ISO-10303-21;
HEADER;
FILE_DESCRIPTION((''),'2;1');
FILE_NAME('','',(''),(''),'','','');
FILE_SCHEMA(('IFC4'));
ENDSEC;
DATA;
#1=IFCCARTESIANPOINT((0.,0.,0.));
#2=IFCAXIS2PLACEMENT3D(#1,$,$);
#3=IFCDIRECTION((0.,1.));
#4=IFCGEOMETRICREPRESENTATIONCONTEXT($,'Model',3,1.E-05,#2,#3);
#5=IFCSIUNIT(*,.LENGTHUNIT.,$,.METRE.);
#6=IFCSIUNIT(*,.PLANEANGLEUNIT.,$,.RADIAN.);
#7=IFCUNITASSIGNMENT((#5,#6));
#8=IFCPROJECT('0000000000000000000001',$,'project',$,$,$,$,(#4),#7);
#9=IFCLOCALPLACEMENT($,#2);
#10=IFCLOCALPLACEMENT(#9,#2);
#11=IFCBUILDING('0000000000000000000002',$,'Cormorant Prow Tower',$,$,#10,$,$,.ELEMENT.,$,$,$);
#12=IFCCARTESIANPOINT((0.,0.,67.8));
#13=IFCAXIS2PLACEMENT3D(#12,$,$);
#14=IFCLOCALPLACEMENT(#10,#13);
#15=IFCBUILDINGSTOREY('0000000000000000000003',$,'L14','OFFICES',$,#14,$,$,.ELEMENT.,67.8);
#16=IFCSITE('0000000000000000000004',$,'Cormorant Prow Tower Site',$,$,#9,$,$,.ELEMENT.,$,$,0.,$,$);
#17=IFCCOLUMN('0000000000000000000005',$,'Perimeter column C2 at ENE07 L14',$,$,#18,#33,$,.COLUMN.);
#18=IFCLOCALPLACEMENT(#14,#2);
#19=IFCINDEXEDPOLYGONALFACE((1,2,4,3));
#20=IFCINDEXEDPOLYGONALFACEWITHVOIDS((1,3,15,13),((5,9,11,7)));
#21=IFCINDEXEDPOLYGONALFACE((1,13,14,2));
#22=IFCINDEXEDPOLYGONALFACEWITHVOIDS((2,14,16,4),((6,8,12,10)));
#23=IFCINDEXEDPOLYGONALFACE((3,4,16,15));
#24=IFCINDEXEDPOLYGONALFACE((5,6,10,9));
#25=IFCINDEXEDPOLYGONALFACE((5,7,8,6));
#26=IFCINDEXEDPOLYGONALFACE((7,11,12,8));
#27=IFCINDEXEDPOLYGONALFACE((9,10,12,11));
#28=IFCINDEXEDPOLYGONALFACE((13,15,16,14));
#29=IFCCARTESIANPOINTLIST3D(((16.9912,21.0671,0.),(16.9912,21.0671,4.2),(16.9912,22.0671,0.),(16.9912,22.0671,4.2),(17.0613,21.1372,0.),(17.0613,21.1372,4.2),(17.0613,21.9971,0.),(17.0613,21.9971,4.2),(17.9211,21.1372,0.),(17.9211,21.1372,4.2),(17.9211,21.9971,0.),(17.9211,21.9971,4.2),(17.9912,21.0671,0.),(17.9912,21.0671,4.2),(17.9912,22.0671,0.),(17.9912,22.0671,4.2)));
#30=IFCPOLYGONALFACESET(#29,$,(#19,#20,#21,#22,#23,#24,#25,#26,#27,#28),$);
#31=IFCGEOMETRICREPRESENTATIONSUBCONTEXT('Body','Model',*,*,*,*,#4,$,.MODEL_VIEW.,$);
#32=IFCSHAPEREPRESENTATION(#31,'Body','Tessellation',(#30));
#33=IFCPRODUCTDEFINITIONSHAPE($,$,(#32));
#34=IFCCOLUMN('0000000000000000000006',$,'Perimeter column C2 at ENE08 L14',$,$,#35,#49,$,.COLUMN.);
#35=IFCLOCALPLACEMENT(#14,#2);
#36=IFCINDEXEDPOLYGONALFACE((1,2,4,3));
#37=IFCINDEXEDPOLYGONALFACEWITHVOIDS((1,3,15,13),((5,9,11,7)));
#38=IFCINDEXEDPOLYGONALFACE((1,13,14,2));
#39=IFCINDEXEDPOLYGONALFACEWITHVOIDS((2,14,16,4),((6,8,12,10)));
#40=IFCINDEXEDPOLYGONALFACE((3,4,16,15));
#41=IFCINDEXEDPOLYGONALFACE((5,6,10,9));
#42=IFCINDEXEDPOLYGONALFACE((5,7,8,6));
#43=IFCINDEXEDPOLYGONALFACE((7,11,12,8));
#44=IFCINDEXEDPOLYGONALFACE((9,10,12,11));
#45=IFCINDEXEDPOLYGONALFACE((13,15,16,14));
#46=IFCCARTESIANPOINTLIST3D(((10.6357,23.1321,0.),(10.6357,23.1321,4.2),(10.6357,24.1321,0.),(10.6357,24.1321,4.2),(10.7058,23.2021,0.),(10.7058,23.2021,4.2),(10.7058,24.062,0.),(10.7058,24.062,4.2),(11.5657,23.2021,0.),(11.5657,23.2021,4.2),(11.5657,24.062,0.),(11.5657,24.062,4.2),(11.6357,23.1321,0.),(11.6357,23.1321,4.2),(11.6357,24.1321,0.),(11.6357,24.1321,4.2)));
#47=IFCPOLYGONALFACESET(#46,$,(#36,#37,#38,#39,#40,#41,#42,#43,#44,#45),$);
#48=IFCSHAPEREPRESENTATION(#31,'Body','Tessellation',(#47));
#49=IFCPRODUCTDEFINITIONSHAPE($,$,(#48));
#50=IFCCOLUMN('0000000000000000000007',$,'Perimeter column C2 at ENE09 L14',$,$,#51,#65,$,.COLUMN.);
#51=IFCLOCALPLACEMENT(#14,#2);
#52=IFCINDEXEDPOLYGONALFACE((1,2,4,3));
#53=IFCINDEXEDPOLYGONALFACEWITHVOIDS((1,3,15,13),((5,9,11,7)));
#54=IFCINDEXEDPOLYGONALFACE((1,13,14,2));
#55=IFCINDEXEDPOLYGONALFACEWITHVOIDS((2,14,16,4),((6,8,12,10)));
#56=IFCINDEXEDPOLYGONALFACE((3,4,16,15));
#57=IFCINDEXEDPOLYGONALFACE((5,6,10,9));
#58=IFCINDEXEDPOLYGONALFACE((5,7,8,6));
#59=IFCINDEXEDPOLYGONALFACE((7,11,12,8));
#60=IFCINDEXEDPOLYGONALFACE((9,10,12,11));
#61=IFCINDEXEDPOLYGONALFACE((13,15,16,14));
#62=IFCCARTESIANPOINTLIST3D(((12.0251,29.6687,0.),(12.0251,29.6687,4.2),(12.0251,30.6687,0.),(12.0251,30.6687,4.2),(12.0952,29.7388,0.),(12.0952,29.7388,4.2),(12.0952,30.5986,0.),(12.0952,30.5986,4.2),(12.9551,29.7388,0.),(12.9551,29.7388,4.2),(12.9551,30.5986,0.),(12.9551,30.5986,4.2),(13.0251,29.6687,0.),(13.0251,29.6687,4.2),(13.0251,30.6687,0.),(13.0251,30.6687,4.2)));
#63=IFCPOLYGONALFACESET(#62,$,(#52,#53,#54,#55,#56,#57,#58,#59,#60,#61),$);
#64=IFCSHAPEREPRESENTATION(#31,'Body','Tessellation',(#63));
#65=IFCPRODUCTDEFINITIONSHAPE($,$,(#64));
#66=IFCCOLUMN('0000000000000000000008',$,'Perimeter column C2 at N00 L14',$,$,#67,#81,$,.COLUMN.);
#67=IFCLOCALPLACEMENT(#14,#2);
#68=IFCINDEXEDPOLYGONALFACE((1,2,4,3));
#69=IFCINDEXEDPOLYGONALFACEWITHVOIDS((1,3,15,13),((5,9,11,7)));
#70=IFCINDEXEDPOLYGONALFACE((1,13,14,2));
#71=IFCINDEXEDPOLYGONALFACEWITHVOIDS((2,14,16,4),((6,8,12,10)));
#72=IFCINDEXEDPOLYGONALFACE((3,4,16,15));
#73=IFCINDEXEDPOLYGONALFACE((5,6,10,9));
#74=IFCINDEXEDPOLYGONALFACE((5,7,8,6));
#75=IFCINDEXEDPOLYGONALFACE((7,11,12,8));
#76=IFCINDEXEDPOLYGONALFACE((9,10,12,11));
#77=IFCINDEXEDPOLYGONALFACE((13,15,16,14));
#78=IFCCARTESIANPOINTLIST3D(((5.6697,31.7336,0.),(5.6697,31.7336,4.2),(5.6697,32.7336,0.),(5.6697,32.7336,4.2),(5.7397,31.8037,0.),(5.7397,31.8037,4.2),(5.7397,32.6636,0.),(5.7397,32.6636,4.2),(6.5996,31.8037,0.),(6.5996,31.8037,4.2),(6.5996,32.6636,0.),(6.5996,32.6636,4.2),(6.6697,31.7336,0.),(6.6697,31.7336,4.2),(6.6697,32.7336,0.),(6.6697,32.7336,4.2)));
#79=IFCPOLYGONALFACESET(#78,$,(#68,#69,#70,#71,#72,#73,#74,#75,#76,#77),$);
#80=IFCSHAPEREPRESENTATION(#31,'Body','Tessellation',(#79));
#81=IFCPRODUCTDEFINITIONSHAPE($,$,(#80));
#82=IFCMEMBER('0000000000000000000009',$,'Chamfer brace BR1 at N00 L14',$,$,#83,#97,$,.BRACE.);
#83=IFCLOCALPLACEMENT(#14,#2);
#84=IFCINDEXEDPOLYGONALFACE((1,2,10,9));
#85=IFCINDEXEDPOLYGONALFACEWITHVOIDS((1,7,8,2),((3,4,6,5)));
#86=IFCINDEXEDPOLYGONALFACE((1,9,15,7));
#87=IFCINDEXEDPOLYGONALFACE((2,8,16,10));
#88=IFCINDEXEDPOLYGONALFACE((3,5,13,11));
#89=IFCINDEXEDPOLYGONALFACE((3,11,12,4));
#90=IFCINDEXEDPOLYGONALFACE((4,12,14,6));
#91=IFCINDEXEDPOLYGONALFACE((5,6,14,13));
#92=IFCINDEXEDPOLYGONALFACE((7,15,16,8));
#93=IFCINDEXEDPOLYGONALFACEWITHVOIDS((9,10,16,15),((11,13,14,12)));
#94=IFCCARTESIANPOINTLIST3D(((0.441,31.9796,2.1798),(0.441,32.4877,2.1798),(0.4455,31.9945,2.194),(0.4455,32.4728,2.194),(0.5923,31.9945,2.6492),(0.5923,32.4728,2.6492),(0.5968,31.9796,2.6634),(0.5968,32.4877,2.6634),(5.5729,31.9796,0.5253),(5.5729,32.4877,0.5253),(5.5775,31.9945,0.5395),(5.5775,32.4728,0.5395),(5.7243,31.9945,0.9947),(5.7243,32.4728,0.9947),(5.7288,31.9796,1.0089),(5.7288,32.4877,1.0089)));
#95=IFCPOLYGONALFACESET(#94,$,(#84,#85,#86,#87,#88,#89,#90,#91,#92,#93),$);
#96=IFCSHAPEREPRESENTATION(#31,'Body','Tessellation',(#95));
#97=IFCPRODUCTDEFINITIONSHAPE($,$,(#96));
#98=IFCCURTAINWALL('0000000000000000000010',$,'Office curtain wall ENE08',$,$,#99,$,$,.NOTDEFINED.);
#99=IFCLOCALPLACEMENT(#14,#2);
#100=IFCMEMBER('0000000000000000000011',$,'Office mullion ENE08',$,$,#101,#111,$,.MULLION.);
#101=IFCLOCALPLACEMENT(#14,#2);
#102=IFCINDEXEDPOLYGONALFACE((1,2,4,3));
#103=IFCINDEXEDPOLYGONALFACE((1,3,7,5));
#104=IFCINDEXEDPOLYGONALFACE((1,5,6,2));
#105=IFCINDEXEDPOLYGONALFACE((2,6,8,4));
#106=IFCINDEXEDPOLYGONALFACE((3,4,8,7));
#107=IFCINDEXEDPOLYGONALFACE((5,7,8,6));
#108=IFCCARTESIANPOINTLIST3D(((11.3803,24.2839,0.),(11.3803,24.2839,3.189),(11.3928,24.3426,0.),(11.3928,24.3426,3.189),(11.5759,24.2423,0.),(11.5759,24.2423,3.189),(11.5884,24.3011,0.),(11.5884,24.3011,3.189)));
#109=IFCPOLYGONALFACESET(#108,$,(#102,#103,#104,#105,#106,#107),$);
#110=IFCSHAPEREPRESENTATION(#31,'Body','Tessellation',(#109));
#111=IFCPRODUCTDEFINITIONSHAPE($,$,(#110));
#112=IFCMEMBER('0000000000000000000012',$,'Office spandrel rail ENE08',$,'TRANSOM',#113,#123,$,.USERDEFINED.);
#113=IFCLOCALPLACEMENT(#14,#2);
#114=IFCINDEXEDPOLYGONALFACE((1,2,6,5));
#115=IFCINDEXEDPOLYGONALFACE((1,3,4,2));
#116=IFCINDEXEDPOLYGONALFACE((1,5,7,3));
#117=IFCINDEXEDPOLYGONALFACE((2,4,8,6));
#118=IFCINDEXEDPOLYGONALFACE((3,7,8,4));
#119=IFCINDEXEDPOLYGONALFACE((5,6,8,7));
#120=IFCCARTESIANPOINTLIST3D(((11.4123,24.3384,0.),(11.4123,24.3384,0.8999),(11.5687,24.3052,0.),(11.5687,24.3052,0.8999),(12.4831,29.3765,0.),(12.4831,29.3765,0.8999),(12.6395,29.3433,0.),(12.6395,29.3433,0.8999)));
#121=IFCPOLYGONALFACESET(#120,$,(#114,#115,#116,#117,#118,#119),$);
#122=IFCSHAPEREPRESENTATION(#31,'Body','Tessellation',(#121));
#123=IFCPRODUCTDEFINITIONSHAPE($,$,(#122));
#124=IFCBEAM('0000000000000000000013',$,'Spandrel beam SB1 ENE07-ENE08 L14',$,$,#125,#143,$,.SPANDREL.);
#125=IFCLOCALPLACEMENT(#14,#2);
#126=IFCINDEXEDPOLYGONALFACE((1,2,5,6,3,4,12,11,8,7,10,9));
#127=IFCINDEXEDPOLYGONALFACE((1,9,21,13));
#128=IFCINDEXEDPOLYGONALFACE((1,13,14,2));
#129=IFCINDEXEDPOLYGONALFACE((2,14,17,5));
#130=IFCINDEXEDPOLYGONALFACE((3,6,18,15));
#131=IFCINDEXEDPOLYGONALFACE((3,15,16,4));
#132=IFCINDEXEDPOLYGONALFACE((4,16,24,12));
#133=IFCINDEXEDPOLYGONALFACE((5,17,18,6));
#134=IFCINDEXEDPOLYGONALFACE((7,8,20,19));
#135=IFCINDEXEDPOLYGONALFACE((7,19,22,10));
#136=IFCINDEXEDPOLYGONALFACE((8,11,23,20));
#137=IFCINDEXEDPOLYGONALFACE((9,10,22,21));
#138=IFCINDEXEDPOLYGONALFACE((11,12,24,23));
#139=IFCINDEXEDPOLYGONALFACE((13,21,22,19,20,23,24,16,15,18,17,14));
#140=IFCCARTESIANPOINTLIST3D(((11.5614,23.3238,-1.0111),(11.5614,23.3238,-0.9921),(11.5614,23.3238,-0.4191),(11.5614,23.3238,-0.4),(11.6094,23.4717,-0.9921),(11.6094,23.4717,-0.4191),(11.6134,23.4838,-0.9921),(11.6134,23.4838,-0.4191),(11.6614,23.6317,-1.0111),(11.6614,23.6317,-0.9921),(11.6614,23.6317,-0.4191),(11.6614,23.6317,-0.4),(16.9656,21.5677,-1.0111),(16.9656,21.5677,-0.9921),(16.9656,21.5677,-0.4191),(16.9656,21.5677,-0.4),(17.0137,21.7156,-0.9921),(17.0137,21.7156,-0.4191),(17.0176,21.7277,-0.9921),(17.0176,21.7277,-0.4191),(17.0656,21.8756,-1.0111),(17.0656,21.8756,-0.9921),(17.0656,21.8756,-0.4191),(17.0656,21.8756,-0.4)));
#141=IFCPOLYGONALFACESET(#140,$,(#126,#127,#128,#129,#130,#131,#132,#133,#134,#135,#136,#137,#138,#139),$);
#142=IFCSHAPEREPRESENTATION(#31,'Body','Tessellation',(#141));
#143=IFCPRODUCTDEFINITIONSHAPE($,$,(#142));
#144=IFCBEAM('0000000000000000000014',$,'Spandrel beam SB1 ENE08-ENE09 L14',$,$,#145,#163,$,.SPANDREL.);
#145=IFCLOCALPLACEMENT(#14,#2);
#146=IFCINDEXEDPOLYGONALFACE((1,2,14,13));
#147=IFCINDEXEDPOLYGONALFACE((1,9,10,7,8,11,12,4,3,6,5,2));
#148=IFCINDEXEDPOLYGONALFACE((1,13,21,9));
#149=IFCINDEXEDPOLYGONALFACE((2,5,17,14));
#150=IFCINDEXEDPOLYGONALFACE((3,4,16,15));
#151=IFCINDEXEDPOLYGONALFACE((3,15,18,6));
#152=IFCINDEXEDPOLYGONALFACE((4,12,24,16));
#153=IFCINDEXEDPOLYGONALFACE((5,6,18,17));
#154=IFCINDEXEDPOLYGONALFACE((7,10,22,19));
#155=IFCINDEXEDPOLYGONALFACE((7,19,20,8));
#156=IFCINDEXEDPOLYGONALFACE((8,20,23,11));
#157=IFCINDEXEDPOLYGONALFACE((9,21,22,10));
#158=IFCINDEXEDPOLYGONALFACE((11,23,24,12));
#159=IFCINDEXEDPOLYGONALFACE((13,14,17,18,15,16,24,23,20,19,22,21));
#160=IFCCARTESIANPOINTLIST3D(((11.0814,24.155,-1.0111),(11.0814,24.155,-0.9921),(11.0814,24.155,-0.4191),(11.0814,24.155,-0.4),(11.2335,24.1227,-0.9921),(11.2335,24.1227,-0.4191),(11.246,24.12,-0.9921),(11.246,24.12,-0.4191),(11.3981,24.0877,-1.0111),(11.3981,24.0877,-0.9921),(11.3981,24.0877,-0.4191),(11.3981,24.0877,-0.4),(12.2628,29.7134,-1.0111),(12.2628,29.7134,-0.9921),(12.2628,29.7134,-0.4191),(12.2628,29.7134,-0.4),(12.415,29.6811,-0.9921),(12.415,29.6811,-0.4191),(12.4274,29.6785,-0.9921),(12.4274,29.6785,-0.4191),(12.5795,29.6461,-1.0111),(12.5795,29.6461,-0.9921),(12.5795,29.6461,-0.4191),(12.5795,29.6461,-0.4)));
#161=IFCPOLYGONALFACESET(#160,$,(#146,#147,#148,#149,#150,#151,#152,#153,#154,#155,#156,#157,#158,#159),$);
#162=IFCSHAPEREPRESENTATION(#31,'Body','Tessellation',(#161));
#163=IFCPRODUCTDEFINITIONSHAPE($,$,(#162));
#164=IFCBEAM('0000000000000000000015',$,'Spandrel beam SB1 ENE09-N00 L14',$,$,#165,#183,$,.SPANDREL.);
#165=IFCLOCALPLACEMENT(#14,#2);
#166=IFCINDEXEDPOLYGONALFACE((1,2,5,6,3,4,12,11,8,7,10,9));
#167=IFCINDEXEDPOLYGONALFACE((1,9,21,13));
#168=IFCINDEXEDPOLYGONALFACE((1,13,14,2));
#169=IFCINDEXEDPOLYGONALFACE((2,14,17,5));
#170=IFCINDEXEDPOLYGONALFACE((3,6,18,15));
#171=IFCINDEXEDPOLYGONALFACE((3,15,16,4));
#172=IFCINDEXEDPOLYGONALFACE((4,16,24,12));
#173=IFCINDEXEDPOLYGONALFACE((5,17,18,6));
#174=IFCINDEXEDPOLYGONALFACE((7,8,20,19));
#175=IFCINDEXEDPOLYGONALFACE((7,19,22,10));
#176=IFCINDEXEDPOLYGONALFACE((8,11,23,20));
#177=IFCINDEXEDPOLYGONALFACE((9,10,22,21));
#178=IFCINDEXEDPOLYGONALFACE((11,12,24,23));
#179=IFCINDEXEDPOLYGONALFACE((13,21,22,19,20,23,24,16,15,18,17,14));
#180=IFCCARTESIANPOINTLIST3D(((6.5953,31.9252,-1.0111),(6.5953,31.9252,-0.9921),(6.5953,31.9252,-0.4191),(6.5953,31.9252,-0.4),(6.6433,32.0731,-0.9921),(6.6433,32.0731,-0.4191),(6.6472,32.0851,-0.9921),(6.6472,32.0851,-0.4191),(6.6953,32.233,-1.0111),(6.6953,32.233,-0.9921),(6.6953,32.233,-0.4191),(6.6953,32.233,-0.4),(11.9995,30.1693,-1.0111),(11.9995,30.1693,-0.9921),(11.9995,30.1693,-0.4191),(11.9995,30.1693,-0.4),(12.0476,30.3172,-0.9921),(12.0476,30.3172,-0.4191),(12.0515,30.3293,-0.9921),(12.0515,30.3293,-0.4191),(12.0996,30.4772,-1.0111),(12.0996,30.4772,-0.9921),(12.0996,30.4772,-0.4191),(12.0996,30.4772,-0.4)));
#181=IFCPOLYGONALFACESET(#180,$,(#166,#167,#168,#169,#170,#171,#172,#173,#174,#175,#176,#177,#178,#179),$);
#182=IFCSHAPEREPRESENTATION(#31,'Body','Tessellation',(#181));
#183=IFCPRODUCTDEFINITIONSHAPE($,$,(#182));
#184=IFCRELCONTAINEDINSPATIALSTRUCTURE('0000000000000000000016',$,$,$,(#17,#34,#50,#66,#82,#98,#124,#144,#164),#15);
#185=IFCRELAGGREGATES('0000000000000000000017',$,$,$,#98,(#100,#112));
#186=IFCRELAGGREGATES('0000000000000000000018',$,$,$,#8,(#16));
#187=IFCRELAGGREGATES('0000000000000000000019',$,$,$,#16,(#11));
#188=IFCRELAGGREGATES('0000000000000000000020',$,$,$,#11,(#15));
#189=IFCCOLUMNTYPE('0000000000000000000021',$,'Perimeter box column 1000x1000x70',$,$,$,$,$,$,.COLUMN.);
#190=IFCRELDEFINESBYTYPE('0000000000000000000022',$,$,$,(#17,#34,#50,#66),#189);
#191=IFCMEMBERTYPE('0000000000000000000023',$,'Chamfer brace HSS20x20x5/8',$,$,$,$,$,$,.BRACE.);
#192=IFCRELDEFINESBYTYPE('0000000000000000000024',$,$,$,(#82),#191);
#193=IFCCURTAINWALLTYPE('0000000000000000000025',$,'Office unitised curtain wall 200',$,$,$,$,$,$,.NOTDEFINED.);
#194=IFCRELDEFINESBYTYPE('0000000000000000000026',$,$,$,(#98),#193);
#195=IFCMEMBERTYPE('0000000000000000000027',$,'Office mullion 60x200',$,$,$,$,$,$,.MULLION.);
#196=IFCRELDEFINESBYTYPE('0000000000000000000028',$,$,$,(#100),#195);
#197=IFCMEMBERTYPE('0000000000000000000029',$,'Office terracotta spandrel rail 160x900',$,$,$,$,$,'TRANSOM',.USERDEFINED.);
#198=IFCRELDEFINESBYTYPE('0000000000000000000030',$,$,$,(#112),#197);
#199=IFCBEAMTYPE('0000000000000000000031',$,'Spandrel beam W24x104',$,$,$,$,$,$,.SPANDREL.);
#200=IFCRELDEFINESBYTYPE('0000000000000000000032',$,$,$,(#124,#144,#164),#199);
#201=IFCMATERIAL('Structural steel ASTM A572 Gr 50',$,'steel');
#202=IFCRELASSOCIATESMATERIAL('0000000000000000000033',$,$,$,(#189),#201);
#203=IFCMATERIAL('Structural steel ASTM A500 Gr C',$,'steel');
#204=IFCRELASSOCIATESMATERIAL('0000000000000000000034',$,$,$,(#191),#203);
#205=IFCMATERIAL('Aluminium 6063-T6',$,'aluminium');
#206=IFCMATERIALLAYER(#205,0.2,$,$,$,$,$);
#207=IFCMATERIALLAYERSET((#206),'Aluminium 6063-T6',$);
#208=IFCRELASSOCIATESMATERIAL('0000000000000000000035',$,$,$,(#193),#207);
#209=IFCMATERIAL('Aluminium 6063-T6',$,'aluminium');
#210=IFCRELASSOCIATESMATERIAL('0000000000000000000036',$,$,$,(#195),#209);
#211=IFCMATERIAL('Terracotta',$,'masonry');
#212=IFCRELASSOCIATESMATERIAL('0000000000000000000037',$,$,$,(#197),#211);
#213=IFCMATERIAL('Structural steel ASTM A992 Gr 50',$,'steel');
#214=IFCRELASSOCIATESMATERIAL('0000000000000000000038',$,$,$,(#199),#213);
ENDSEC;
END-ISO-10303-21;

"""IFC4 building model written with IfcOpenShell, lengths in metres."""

from ifc_helpers import new_model, si_unit, direction, frame, origin, origin_2d, place, context, subcontext, project, spatial, rectangle, hollow_rectangle, i_section, extrude, material, layer, layer_set, material_profile, profile_set, type_object, element, aggregate, save


model = new_model("IFC4")

# Units and contexts
model_context = context("Model", 3, precision=1e-05, world=origin(), true_north=direction((0.0, 1.0)))
body_context = subcontext(model_context, "Body", "Model", "MODEL_VIEW")
ifc_project = project(units=[si_unit("LENGTHUNIT", "METRE"), si_unit("PLANEANGLEUNIT", "RADIAN")], contexts=[model_context])

# Site, building, storey
site_placement = place(None, origin())
site = spatial("IfcSite", under=ifc_project, at=site_placement, Name="Cormorant Prow Tower Site", CompositionType="ELEMENT", RefElevation=0.0)
building_placement = place(site_placement, origin())
building = spatial("IfcBuilding", under=site, at=building_placement, Name="Cormorant Prow Tower", CompositionType="ELEMENT")
storey_placement = place(building_placement, frame((0.0, 0.0, 67.8)))
storey = spatial("IfcBuildingStorey", under=building, at=storey_placement, Name="L14", Description="OFFICES", CompositionType="ELEMENT", Elevation=67.8)

# Columns
ifc_material_1 = material(Name="Structural steel ASTM A572 Gr 50", Category="steel")
ifc_material_profile_1 = material_profile(ifc_material_1, hollow_rectangle(XDim=1.0, YDim=1.0, WallThickness=0.0701, at=origin_2d()), Name="Box 1000x1000x70")
ifc_profile_set_1 = profile_set([ifc_material_profile_1], Name="Structural steel ASTM A572 Gr 50")
column_type = type_object("IfcColumnType", Name="Perimeter box column 1000x1000x70", PredefinedType="COLUMN", material=ifc_profile_set_1)
for number, where, z_axis, x_axis, name in (
    (1, (17.4912, 21.5671, 0.0), (0.0, 0.0, 1.0), (1.0, 0.0, 0.0), "Perimeter column C2 at ENE07 L14"),
    (2, (11.1357, 23.6321, 0.0), (0.0, 0.0, 1.0), (1.0, 0.0, 0.0), "Perimeter column C2 at ENE08 L14"),
    (3, (12.5251, 30.1687, 0.0), (0.0, 0.0, 1.0), (1.0, 0.0, 0.0), "Perimeter column C2 at ENE09 L14"),
    (4, (6.1697, 32.2336, 0.0), (0.0, 0.0, 1.0), (1.0, 0.0, 0.0), "Perimeter column C2 at N00 L14"),
):
    element("IfcColumn", number, at=place(storey_placement, frame(where, z_axis=z_axis, x_axis=x_axis)), inside=storey, type_object=column_type, Name=name, PredefinedType="COLUMN", context=body_context, shape_type="SweptSolid", body=[
        extrude(hollow_rectangle(XDim=1.0, YDim=1.0, WallThickness=0.0701, at=origin_2d()), origin(), (0.0, 0.0, 1.0), 4.2),
    ])

# Member
ifc_material_2 = material(Name="Structural steel ASTM A500 Gr C", Category="steel")
ifc_material_profile_2 = material_profile(ifc_material_2, hollow_rectangle(XDim=0.5081, YDim=0.5081, WallThickness=0.0149, at=origin_2d()), Name="HSS20x20x5/8")
ifc_profile_set_2 = profile_set([ifc_material_profile_2], Name="Structural steel ASTM A500 Gr C")
member_type_1 = type_object("IfcMemberType", Name="Chamfer brace HSS20x20x5/8", PredefinedType="BRACE", material=ifc_profile_set_2)
member_1_placement = place(storey_placement, frame((5.6509, 32.2336, 0.7671), z_axis=(-0.951761, 0.0, 0.30684), x_axis=(0.0, -1.0, 0.0)))
element("IfcMember", 5, at=member_1_placement, inside=storey, type_object=member_type_1, Name="Chamfer brace BR1 at N00 L14", PredefinedType="BRACE", context=body_context, shape_type="SweptSolid", body=[
    extrude(hollow_rectangle(XDim=0.5081, YDim=0.5081, WallThickness=0.0149, at=origin_2d()), origin(), (0.0, 0.0, 1.0), 5.3921),
])

# Curtain wall, members
ifc_material_3 = material(Name="Aluminium 6063-T6", Category="aluminium")
ifc_layer_1 = layer(ifc_material_3, 0.2)
ifc_layer_set_1 = layer_set([ifc_layer_1], Name="Aluminium 6063-T6")
curtain_wall_type = type_object("IfcCurtainWallType", Name="Office unitised curtain wall 200", PredefinedType="NOTDEFINED", material=ifc_layer_set_1)
curtain_wall_placement = place(storey_placement, origin())
curtain_wall = element("IfcCurtainWall", 6, at=curtain_wall_placement, inside=storey, type_object=curtain_wall_type, Name="Office curtain wall ENE08", PredefinedType="NOTDEFINED")
ifc_material_4 = material(Name="Aluminium 6063-T6", Category="aluminium")
ifc_material_profile_3 = material_profile(ifc_material_4, rectangle(XDim=0.2, YDim=0.0601, at=origin_2d()), Name="Office mullion 60x200")
ifc_profile_set_3 = profile_set([ifc_material_profile_3], Name="Aluminium 6063-T6")
member_type_2 = type_object("IfcMemberType", Name="Office mullion 60x200", PredefinedType="MULLION", material=ifc_profile_set_3)
member_2_placement = place(storey_placement, frame((11.4844, 24.2925, 0.0), z_axis=(0.0, 0.0, 1.0), x_axis=(-0.978148, 0.207912, 0.0)))
member_2 = element("IfcMember", 7, at=member_2_placement, type_object=member_type_2, Name="Office mullion ENE08", PredefinedType="MULLION", context=body_context, shape_type="SweptSolid", body=[
    extrude(rectangle(XDim=0.2, YDim=0.0601, at=origin_2d()), origin(), (0.0, 0.0, 1.0), 3.189),
])
ifc_material_5 = material(Name="Terracotta", Category="masonry")
ifc_material_profile_4 = material_profile(ifc_material_5, rectangle(XDim=0.1599, YDim=0.8999, at=origin_2d()), Name="Office terracotta spandrel rail 160x900")
ifc_profile_set_4 = profile_set([ifc_material_profile_4], Name="Terracotta")
member_type_3 = type_object("IfcMemberType", Name="Office terracotta spandrel rail 160x900", ElementType="TRANSOM", PredefinedType="USERDEFINED", material=ifc_profile_set_4)
member_3_placement = place(storey_placement, frame((11.4905, 24.3218, 0.45), z_axis=(0.207897, 0.978151, 0.0), x_axis=(-0.978151, 0.207897, 0.0)))
member_3 = element("IfcMember", 8, at=member_3_placement, type_object=member_type_3, Name="Office spandrel rail ENE08", ObjectType="TRANSOM", PredefinedType="USERDEFINED", context=body_context, shape_type="SweptSolid", body=[
    extrude(rectangle(XDim=0.1599, YDim=0.8999, at=origin_2d()), origin(), (0.0, 0.0, 1.0), 5.1506),
])

# Beams
ifc_material_6 = material(Name="Structural steel ASTM A992 Gr 50", Category="steel")
ifc_material_profile_5 = material_profile(ifc_material_6, i_section(OverallWidth=0.3237, OverallDepth=0.6111, WebThickness=0.0127, FlangeThickness=0.019, at=origin_2d()), Name="W24x104")
ifc_profile_set_5 = profile_set([ifc_material_profile_5], Name="Structural steel ASTM A992 Gr 50")
beam_type = type_object("IfcBeamType", Name="Spandrel beam W24x104", PredefinedType="SPANDREL", material=ifc_profile_set_5)
beam_1_placement = place(storey_placement, frame((17.0156, 21.7217, -0.7056), z_axis=(-0.951049, 0.309039, 0.0), x_axis=(-0.309039, -0.951049, 0.0)))
element("IfcBeam", 9, at=beam_1_placement, inside=storey, type_object=beam_type, Name="Spandrel beam SB1 ENE07-ENE08 L14", PredefinedType="SPANDREL", context=body_context, shape_type="SweptSolid", body=[
    extrude(i_section(OverallWidth=0.3237, OverallDepth=0.6111, WebThickness=0.0127, FlangeThickness=0.019, at=origin_2d()), origin(), (0.0, 0.0, 1.0), 5.6824),
])
beam_2_placement = place(storey_placement, frame((11.2397, 24.1213, -0.7056), z_axis=(0.2079, 0.97815, 0.0), x_axis=(-0.97815, 0.2079, 0.0)))
element("IfcBeam", 10, at=beam_2_placement, inside=storey, type_object=beam_type, Name="Spandrel beam SB1 ENE08-ENE09 L14", PredefinedType="SPANDREL", context=body_context, shape_type="SweptSolid", body=[
    extrude(i_section(OverallWidth=0.3237, OverallDepth=0.6111, WebThickness=0.0127, FlangeThickness=0.019, at=origin_2d()), origin(), (0.0, 0.0, 1.0), 5.6826),
])
beam_3_placement = place(storey_placement, frame((12.0496, 30.3232, -0.7056), z_axis=(-0.951062, 0.309001, 0.0), x_axis=(-0.309001, -0.951062, 0.0)))
element("IfcBeam", 11, at=beam_3_placement, inside=storey, type_object=beam_type, Name="Spandrel beam SB1 ENE09-N00 L14", PredefinedType="SPANDREL", context=body_context, shape_type="SweptSolid", body=[
    extrude(i_section(OverallWidth=0.3237, OverallDepth=0.6111, WebThickness=0.0127, FlangeThickness=0.019, at=origin_2d()), origin(), (0.0, 0.0, 1.0), 5.6824),
])

aggregate(curtain_wall, [member_2, member_3])

save(model, "model.ifc")
